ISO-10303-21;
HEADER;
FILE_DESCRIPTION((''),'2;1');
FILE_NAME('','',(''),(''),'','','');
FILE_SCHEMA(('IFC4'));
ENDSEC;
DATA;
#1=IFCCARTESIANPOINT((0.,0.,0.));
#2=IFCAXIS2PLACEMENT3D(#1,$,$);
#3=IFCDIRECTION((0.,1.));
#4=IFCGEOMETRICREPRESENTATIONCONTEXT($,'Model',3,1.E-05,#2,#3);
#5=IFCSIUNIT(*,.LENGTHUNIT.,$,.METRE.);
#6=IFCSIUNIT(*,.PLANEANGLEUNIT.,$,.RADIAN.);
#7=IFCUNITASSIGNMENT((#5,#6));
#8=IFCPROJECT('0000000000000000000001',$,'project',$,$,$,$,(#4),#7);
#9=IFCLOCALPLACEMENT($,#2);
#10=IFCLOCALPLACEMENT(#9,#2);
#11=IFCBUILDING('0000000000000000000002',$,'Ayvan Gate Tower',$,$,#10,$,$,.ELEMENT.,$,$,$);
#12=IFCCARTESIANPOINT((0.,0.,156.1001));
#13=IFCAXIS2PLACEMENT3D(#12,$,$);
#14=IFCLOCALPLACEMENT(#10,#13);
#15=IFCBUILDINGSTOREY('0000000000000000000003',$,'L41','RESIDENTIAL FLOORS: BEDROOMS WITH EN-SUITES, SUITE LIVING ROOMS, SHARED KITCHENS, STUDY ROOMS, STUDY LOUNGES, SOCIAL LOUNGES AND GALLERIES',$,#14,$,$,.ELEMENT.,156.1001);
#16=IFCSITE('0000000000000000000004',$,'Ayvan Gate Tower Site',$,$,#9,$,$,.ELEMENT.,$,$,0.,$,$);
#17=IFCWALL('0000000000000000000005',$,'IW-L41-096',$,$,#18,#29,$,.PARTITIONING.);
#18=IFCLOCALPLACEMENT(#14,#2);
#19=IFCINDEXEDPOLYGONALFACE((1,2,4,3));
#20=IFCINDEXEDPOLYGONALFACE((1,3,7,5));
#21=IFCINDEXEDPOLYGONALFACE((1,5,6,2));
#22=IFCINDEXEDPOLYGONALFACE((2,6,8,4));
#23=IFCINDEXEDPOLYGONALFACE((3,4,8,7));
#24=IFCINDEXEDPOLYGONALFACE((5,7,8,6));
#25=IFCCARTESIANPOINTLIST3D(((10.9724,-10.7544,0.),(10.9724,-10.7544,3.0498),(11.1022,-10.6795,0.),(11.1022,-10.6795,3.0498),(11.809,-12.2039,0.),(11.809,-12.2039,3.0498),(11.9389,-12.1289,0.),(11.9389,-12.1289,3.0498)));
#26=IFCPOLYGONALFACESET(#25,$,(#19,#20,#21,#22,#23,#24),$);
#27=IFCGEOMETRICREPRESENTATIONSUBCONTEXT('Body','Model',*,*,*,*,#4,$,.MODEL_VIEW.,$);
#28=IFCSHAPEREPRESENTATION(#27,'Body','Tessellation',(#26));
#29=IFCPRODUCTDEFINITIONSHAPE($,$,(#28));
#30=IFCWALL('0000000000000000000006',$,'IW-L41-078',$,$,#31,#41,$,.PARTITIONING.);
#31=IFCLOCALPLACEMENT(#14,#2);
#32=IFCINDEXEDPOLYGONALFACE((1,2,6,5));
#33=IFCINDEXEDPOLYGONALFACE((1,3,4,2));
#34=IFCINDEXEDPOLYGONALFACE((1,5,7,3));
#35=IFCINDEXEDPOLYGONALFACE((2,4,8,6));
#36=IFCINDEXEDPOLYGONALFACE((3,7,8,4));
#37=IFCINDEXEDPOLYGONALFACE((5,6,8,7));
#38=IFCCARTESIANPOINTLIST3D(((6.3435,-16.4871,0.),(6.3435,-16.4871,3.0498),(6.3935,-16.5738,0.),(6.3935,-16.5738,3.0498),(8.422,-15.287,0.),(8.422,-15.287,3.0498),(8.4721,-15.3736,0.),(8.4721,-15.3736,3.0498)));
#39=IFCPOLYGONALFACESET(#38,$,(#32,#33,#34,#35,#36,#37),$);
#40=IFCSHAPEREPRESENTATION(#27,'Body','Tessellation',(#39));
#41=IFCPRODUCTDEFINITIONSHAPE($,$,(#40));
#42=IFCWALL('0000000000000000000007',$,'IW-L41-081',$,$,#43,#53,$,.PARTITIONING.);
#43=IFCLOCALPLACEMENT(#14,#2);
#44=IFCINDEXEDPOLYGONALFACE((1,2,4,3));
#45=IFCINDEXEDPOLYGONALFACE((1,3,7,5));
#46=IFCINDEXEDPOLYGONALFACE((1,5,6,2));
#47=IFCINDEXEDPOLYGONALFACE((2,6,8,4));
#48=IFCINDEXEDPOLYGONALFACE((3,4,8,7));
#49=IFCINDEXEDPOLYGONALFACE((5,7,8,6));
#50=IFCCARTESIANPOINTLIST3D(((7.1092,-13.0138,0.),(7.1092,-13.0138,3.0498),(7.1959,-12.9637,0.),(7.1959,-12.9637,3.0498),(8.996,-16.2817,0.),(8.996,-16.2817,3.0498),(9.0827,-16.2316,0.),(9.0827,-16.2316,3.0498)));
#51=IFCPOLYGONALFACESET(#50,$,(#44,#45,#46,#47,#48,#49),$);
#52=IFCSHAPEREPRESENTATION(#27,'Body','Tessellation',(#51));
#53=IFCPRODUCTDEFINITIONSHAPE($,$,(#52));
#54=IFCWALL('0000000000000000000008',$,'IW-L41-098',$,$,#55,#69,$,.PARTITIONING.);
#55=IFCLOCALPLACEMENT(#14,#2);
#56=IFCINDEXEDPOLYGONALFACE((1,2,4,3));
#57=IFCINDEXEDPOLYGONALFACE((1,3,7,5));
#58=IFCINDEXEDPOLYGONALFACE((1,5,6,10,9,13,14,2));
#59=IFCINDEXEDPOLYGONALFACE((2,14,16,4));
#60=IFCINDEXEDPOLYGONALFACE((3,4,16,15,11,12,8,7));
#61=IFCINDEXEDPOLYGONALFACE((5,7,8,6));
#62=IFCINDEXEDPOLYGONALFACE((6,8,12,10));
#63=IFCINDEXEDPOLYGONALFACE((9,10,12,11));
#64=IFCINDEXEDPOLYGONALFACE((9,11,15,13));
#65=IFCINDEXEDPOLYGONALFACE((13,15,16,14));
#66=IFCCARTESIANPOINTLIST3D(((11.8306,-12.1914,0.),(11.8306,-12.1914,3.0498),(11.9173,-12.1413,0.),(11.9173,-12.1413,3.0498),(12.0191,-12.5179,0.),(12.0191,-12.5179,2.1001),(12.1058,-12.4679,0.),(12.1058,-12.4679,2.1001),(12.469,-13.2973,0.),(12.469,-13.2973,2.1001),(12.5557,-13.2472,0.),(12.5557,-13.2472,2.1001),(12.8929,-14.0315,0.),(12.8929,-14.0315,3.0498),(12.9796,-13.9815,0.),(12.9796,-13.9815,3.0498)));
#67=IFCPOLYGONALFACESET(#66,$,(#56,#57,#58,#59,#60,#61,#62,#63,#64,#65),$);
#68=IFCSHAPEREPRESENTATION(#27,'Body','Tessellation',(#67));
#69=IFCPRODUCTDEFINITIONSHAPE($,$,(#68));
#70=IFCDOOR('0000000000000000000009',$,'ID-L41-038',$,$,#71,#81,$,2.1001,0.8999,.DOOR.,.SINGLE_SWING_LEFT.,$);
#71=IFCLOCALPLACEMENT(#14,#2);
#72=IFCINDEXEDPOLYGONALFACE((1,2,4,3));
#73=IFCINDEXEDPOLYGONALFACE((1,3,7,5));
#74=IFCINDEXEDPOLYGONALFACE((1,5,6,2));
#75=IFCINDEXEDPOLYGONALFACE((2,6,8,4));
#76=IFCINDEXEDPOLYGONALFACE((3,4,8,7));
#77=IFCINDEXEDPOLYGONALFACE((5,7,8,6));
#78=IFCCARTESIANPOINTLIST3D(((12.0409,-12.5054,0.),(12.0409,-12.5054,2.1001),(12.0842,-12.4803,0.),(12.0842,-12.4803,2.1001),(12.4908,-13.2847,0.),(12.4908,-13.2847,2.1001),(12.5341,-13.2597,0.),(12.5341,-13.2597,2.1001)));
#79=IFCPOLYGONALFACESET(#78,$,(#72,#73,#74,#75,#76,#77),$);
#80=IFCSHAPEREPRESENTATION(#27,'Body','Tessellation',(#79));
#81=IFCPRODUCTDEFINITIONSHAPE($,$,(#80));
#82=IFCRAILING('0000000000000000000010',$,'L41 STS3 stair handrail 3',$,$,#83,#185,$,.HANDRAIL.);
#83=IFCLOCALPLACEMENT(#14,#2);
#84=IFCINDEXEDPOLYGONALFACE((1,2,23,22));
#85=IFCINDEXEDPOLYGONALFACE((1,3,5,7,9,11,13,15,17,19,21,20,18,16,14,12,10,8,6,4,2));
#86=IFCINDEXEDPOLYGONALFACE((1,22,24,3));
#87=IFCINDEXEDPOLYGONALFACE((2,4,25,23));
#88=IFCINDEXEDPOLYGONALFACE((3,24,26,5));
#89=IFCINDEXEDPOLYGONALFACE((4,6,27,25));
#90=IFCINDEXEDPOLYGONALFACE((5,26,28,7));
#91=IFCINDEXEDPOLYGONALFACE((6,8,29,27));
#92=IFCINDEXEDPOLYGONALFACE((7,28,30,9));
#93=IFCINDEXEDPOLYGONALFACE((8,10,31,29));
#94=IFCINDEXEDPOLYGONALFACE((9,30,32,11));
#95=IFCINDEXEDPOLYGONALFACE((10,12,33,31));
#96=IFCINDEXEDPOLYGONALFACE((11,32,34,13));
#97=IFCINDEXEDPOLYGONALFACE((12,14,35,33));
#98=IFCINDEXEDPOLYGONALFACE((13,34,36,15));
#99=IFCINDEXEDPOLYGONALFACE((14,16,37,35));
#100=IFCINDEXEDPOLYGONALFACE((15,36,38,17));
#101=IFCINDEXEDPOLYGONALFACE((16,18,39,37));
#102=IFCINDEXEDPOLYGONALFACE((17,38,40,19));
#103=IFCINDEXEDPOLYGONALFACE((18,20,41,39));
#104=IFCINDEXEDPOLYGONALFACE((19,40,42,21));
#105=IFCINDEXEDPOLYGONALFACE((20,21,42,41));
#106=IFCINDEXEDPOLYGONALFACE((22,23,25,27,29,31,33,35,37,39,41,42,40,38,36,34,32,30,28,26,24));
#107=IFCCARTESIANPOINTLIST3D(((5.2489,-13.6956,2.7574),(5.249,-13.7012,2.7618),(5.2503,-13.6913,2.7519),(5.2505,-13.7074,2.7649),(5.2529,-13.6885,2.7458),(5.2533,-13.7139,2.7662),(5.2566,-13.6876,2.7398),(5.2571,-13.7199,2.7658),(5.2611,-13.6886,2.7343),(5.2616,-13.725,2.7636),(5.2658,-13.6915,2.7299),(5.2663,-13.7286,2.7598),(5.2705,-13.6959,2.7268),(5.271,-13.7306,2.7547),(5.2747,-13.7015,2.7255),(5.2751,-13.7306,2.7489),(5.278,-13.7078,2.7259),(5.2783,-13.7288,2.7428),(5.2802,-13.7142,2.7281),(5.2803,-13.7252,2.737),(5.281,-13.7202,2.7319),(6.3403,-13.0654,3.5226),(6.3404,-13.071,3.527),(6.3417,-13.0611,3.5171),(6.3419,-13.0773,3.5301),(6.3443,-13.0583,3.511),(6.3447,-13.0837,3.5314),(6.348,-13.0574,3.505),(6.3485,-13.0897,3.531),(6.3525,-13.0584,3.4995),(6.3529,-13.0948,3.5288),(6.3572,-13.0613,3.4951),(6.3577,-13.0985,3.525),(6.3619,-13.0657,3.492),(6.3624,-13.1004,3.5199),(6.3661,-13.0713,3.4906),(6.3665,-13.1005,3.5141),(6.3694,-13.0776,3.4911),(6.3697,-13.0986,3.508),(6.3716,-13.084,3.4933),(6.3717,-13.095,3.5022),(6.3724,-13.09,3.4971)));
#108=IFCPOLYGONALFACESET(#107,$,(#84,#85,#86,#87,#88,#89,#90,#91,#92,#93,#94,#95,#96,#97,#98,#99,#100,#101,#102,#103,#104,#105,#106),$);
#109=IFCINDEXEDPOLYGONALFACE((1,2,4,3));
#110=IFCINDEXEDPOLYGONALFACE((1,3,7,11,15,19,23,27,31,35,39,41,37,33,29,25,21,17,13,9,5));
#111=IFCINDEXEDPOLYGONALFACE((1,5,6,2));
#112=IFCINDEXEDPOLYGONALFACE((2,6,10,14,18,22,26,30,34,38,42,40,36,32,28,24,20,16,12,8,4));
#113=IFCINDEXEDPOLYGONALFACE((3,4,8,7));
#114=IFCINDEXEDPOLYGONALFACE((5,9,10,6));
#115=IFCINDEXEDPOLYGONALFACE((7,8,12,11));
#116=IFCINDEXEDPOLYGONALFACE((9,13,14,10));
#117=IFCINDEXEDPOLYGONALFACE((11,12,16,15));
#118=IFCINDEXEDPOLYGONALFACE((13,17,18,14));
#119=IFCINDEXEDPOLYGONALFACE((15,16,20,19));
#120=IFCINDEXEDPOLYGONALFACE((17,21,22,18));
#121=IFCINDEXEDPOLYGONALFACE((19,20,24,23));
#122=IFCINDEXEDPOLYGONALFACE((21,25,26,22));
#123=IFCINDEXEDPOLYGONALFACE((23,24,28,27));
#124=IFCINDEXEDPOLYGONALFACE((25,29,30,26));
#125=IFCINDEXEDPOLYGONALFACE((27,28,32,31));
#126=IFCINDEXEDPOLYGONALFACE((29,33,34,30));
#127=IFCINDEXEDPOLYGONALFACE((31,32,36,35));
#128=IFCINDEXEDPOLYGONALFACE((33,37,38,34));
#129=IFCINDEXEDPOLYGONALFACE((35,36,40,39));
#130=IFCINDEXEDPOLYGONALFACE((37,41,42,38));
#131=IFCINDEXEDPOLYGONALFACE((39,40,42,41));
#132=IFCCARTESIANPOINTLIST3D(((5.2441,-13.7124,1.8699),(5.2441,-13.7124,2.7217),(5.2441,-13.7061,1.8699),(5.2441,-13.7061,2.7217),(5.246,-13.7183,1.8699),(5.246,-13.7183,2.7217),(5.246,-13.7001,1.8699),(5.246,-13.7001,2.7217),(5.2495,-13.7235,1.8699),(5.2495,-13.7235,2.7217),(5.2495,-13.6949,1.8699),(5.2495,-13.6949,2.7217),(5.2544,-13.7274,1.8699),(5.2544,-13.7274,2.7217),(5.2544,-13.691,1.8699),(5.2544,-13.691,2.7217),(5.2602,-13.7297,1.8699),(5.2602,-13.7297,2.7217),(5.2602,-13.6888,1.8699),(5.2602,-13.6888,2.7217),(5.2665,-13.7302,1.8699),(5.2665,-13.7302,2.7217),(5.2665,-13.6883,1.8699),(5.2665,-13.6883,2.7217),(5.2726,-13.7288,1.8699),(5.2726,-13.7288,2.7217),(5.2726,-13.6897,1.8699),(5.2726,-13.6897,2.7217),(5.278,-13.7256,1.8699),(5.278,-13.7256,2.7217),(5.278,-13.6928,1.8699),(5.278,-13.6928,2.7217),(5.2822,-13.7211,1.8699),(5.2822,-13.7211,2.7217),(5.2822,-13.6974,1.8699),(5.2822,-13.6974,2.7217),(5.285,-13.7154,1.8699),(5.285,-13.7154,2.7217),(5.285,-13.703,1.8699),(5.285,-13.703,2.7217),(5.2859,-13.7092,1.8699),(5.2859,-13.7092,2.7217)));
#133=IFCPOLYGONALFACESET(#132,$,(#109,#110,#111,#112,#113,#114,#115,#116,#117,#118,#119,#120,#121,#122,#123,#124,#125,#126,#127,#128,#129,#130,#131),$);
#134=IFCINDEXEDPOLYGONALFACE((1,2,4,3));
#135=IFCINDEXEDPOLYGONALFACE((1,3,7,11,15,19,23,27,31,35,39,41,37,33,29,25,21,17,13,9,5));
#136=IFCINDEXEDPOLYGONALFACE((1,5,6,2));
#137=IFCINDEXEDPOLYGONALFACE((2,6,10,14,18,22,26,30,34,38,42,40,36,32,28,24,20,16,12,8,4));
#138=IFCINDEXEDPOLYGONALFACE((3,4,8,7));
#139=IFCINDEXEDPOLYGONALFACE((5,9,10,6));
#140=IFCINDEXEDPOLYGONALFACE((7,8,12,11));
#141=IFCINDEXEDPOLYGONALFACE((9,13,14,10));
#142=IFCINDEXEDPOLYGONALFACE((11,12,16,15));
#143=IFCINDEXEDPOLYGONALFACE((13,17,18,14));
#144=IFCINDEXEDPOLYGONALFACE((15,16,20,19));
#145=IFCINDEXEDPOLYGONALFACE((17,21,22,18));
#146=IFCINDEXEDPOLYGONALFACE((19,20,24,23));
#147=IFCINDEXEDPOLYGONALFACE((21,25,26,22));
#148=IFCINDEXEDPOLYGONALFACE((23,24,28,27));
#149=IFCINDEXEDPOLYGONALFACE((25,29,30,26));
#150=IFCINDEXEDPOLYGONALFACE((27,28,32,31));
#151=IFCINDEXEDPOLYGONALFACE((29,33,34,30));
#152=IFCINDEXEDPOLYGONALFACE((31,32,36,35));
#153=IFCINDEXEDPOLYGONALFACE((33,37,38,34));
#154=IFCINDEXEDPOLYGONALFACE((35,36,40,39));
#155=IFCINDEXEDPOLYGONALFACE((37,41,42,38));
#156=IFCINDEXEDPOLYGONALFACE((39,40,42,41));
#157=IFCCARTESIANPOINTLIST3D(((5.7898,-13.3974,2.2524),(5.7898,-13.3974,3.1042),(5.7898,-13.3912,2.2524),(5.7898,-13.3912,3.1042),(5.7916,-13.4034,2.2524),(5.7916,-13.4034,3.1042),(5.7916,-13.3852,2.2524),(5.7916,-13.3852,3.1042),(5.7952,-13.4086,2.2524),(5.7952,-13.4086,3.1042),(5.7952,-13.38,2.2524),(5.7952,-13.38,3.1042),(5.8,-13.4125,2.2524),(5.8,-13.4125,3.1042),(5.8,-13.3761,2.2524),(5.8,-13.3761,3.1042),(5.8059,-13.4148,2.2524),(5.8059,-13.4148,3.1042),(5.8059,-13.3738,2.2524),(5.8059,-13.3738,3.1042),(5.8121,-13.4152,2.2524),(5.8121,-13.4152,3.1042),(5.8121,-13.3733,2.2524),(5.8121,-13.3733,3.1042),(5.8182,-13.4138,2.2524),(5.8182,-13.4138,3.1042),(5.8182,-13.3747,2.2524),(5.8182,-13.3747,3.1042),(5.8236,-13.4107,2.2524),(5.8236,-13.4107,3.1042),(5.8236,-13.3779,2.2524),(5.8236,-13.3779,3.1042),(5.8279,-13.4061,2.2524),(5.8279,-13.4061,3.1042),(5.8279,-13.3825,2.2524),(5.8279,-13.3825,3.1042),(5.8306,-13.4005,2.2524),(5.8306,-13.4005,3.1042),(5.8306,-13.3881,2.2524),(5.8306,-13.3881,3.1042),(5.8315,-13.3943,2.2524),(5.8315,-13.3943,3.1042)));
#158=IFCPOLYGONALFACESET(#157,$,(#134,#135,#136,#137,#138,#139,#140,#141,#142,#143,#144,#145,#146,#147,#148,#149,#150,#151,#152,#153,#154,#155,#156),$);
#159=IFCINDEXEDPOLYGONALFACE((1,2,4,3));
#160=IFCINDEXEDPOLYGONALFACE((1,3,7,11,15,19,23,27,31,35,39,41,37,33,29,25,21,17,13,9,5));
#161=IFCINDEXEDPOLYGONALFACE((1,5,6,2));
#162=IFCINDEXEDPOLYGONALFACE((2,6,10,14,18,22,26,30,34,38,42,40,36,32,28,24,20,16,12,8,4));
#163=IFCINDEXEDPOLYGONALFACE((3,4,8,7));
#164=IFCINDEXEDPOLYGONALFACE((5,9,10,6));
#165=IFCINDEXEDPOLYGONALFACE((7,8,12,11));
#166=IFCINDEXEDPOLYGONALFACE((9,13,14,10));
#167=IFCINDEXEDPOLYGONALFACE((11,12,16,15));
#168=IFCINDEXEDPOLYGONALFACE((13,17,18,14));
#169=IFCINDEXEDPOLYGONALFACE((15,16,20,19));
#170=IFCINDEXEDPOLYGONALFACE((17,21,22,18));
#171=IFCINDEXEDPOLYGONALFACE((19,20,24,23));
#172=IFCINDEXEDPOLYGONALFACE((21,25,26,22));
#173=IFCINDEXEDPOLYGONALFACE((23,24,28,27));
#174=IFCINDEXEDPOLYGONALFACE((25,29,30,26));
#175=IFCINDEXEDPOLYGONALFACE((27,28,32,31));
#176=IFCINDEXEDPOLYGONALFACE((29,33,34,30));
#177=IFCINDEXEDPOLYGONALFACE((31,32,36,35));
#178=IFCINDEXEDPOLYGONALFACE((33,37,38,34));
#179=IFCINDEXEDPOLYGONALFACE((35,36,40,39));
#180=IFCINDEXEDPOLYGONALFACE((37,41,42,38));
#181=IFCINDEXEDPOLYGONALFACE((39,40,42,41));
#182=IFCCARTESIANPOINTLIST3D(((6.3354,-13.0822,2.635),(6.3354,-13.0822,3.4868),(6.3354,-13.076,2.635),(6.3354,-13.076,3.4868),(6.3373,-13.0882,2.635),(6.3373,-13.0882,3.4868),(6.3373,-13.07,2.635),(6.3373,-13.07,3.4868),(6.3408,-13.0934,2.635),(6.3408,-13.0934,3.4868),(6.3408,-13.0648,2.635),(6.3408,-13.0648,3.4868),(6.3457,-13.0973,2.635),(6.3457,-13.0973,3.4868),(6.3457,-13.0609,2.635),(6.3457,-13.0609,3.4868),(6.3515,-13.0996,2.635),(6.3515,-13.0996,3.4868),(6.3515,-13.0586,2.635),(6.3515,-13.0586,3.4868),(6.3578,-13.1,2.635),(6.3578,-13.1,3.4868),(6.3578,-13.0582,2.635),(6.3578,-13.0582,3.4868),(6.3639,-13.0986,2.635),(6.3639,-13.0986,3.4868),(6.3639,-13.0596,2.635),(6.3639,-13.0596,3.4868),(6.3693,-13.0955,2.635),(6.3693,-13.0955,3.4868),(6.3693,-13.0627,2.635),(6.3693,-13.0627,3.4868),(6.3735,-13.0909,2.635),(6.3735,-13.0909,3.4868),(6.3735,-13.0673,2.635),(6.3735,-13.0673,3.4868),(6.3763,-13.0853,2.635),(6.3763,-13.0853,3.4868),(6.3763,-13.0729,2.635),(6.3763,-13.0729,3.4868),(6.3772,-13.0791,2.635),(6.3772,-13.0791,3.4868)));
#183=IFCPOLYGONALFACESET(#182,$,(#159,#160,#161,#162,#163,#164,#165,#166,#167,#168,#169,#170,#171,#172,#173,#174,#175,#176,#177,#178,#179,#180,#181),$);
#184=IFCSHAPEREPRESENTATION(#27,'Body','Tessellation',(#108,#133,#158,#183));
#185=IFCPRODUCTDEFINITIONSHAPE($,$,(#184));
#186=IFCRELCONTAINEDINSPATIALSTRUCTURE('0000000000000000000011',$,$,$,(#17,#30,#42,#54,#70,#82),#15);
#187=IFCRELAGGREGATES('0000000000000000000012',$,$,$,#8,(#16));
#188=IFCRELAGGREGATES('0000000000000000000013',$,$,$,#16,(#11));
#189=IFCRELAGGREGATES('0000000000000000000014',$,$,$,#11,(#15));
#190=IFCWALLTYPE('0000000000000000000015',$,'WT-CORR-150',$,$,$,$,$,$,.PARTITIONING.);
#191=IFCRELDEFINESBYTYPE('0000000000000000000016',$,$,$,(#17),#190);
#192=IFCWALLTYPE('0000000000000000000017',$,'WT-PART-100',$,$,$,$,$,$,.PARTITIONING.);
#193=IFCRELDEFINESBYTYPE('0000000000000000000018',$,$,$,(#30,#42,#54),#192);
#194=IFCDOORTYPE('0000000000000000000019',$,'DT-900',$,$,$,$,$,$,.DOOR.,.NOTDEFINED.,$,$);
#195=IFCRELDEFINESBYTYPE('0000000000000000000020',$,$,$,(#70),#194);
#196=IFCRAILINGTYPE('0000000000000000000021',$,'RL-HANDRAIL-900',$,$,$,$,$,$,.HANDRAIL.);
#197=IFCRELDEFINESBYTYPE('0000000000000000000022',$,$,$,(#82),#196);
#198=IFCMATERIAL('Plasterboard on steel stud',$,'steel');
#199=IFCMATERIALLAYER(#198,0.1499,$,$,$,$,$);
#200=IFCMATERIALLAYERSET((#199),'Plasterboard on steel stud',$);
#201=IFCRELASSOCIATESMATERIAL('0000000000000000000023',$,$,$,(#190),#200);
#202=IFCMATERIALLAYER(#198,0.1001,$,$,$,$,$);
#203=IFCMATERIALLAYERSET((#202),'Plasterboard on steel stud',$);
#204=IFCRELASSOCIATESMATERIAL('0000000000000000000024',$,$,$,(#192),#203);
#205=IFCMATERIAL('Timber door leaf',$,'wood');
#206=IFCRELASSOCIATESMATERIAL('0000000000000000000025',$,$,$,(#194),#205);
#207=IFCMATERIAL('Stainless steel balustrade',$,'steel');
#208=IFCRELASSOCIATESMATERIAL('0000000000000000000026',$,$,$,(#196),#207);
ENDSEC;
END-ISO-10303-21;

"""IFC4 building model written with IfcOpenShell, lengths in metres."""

from ifc_helpers import new_model, si_unit, direction, frame, frame_2d, origin, origin_2d, place, context, subcontext, project, spatial, rectangle, circle, extrude, material, layer, layer_set, type_object, element, fill, save


model = new_model("IFC4")

# Units and contexts
model_context = context("Model", 3, precision=1e-05, world=origin(), true_north=direction((0.0, 1.0)))
body_context = subcontext(model_context, "Body", "Model", "MODEL_VIEW")
ifc_project = project(units=[si_unit("LENGTHUNIT", "METRE"), si_unit("PLANEANGLEUNIT", "RADIAN")], contexts=[model_context])

# Site, building, storey
site_placement = place(None, origin())
site = spatial("IfcSite", under=ifc_project, at=site_placement, Name="Ayvan Gate Tower Site", CompositionType="ELEMENT", RefElevation=0.0)
building_placement = place(site_placement, origin())
building = spatial("IfcBuilding", under=site, at=building_placement, Name="Ayvan Gate Tower", CompositionType="ELEMENT")
storey_placement = place(building_placement, frame((0.0, 0.0, 156.1001)))
storey = spatial("IfcBuildingStorey", under=building, at=storey_placement, Name="L41", Description="RESIDENTIAL FLOORS: BEDROOMS WITH EN-SUITES, SUITE LIVING ROOMS, SHARED KITCHENS, STUDY ROOMS, STUDY LOUNGES, SOCIAL LOUNGES AND GALLERIES", CompositionType="ELEMENT", Elevation=156.1001)

# Walls
ifc_material_1 = material(Name="Plasterboard on steel stud", Category="steel")
ifc_layer_1 = layer(ifc_material_1, 0.1499)
ifc_layer_set_1 = layer_set([ifc_layer_1], Name="Plasterboard on steel stud")
wall_type_1 = type_object("IfcWallType", Name="WT-CORR-150", PredefinedType="PARTITIONING", material=ifc_layer_set_1)
wall_1_placement = place(storey_placement, frame((11.874, -12.1665, 0.0), z_axis=(0.0, 0.0, 1.0), x_axis=(-0.49992, 0.866071, 0.0)))
element("IfcWall", 1, at=wall_1_placement, inside=storey, type_object=wall_type_1, Name="IW-L41-096", PredefinedType="PARTITIONING", context=body_context, shape_type="SweptSolid", body=[
    extrude(rectangle(XDim=1.6736, YDim=0.1499, at=frame_2d((0.8369, 0.0))), origin(), (0.0, 0.0, 1.0), 3.0498),
])
ifc_layer_2 = layer(ifc_material_1, 0.1001)
ifc_layer_set_2 = layer_set([ifc_layer_2], Name="Plasterboard on steel stud")
wall_type_2 = type_object("IfcWallType", Name="WT-PART-100", PredefinedType="PARTITIONING", material=ifc_layer_set_2)
wall_2_placement = place(storey_placement, frame((6.3684, -16.5305, 0.0), z_axis=(0.0, 0.0, 1.0), x_axis=(0.866006, 0.500034, 0.0)))
element("IfcWall", 2, at=wall_2_placement, inside=storey, type_object=wall_type_2, Name="IW-L41-078", PredefinedType="PARTITIONING", context=body_context, shape_type="SweptSolid", body=[
    extrude(rectangle(XDim=2.4001, YDim=0.1001, at=frame_2d((1.2002, 0.0))), origin(), (0.0, 0.0, 1.0), 3.0498),
])
wall_3_placement = place(storey_placement, frame((7.1526, -12.9888, 0.0), z_axis=(0.0, 0.0, 1.0), x_axis=(0.500008, -0.866021, 0.0)))
element("IfcWall", 3, at=wall_3_placement, inside=storey, type_object=wall_type_2, Name="IW-L41-081", PredefinedType="PARTITIONING", context=body_context, shape_type="SweptSolid", body=[
    extrude(rectangle(XDim=3.7734, YDim=0.1001, at=frame_2d((1.8867, 0.0))), origin(), (0.0, 0.0, 1.0), 3.0498),
])

# Wall, opening, door
wall_4_placement = place(storey_placement, frame((12.9363, -14.0066, 0.0), z_axis=(0.0, 0.0, 1.0), x_axis=(-0.499958, 0.86605, 0.0)))
wall_4 = element("IfcWall", 4, at=wall_4_placement, inside=storey, type_object=wall_type_2, Name="IW-L41-098", PredefinedType="PARTITIONING", context=body_context, shape_type="SweptSolid", body=[
    extrude(rectangle(XDim=2.1248, YDim=0.1001, at=frame_2d((1.0625, 0.0))), origin(), (0.0, 0.0, 1.0), 3.0498),
])
opening_placement = place(wall_4_placement, frame((0.8479, 0.0, 0.0)))
opening = element("IfcOpeningElement", 5, at=opening_placement, cuts=wall_4, PredefinedType="OPENING", context=body_context, shape_type="SweptSolid", body=[
    extrude(rectangle(XDim=0.8999, YDim=2.1001, at=frame_2d((0.45, 1.05))), frame((0.0, 0.0601, 0.0), z_axis=(0.0, -1.0, 0.0), x_axis=(1.0, 0.0, 0.0)), (0.0, 0.0, 1.0), 0.1201),
])
ifc_material_2 = material(Name="Timber door leaf", Category="wood")
door_type = type_object("IfcDoorType", Name="DT-900", OperationType="NOTDEFINED", PredefinedType="DOOR", material=ifc_material_2)
door_placement = place(opening_placement, origin())
door = element("IfcDoor", 6, at=door_placement, inside=storey, type_object=door_type, Name="ID-L41-038", OperationType="SINGLE_SWING_LEFT", OverallHeight=2.1001, OverallWidth=0.8999, PredefinedType="DOOR", context=body_context, shape_type="SweptSolid", body=[
    extrude(rectangle(XDim=0.8999, YDim=2.1001, at=frame_2d((0.45, 1.05))), frame((0.0, 0.0249, 0.0), z_axis=(0.0, -1.0, 0.0), x_axis=(1.0, 0.0, 0.0)), (0.0, 0.0, 1.0), 0.05),
])
fill(opening, door)

# Railing
ifc_material_3 = material(Name="Stainless steel balustrade", Category="steel")
railing_type = type_object("IfcRailingType", Name="RL-HANDRAIL-900", PredefinedType="HANDRAIL", material=ifc_material_3)
railing_1_placement = place(storey_placement, frame((5.2649, -13.7092, 1.8699)))
element("IfcRailing", 7, at=railing_1_placement, inside=storey, type_object=railing_type, Name="L41 STS3 stair handrail 3", PredefinedType="HANDRAIL", context=body_context, shape_type="SweptSolid", body=[
    extrude(circle(Radius=0.0239, at=origin_2d()), frame((0.0, 0.0, 0.876), z_axis=(0.740241, 0.427419, 0.518996), x_axis=(-0.500035, 0.866005, 0.0)), (0.0, 0.0, 1.0), 1.4744),
    extrude(circle(Radius=0.021, at=origin_2d()), origin(), (0.0, 0.0, 1.0), 0.8518),
    extrude(circle(Radius=0.021, at=origin_2d()), frame((0.5457, 0.3149, 0.3826)), (0.0, 0.0, 1.0), 0.8518),
    extrude(circle(Radius=0.021, at=origin_2d()), frame((1.0913, 0.6301, 0.7651)), (0.0, 0.0, 1.0), 0.8518),
])

save(model, "model.ifc")
